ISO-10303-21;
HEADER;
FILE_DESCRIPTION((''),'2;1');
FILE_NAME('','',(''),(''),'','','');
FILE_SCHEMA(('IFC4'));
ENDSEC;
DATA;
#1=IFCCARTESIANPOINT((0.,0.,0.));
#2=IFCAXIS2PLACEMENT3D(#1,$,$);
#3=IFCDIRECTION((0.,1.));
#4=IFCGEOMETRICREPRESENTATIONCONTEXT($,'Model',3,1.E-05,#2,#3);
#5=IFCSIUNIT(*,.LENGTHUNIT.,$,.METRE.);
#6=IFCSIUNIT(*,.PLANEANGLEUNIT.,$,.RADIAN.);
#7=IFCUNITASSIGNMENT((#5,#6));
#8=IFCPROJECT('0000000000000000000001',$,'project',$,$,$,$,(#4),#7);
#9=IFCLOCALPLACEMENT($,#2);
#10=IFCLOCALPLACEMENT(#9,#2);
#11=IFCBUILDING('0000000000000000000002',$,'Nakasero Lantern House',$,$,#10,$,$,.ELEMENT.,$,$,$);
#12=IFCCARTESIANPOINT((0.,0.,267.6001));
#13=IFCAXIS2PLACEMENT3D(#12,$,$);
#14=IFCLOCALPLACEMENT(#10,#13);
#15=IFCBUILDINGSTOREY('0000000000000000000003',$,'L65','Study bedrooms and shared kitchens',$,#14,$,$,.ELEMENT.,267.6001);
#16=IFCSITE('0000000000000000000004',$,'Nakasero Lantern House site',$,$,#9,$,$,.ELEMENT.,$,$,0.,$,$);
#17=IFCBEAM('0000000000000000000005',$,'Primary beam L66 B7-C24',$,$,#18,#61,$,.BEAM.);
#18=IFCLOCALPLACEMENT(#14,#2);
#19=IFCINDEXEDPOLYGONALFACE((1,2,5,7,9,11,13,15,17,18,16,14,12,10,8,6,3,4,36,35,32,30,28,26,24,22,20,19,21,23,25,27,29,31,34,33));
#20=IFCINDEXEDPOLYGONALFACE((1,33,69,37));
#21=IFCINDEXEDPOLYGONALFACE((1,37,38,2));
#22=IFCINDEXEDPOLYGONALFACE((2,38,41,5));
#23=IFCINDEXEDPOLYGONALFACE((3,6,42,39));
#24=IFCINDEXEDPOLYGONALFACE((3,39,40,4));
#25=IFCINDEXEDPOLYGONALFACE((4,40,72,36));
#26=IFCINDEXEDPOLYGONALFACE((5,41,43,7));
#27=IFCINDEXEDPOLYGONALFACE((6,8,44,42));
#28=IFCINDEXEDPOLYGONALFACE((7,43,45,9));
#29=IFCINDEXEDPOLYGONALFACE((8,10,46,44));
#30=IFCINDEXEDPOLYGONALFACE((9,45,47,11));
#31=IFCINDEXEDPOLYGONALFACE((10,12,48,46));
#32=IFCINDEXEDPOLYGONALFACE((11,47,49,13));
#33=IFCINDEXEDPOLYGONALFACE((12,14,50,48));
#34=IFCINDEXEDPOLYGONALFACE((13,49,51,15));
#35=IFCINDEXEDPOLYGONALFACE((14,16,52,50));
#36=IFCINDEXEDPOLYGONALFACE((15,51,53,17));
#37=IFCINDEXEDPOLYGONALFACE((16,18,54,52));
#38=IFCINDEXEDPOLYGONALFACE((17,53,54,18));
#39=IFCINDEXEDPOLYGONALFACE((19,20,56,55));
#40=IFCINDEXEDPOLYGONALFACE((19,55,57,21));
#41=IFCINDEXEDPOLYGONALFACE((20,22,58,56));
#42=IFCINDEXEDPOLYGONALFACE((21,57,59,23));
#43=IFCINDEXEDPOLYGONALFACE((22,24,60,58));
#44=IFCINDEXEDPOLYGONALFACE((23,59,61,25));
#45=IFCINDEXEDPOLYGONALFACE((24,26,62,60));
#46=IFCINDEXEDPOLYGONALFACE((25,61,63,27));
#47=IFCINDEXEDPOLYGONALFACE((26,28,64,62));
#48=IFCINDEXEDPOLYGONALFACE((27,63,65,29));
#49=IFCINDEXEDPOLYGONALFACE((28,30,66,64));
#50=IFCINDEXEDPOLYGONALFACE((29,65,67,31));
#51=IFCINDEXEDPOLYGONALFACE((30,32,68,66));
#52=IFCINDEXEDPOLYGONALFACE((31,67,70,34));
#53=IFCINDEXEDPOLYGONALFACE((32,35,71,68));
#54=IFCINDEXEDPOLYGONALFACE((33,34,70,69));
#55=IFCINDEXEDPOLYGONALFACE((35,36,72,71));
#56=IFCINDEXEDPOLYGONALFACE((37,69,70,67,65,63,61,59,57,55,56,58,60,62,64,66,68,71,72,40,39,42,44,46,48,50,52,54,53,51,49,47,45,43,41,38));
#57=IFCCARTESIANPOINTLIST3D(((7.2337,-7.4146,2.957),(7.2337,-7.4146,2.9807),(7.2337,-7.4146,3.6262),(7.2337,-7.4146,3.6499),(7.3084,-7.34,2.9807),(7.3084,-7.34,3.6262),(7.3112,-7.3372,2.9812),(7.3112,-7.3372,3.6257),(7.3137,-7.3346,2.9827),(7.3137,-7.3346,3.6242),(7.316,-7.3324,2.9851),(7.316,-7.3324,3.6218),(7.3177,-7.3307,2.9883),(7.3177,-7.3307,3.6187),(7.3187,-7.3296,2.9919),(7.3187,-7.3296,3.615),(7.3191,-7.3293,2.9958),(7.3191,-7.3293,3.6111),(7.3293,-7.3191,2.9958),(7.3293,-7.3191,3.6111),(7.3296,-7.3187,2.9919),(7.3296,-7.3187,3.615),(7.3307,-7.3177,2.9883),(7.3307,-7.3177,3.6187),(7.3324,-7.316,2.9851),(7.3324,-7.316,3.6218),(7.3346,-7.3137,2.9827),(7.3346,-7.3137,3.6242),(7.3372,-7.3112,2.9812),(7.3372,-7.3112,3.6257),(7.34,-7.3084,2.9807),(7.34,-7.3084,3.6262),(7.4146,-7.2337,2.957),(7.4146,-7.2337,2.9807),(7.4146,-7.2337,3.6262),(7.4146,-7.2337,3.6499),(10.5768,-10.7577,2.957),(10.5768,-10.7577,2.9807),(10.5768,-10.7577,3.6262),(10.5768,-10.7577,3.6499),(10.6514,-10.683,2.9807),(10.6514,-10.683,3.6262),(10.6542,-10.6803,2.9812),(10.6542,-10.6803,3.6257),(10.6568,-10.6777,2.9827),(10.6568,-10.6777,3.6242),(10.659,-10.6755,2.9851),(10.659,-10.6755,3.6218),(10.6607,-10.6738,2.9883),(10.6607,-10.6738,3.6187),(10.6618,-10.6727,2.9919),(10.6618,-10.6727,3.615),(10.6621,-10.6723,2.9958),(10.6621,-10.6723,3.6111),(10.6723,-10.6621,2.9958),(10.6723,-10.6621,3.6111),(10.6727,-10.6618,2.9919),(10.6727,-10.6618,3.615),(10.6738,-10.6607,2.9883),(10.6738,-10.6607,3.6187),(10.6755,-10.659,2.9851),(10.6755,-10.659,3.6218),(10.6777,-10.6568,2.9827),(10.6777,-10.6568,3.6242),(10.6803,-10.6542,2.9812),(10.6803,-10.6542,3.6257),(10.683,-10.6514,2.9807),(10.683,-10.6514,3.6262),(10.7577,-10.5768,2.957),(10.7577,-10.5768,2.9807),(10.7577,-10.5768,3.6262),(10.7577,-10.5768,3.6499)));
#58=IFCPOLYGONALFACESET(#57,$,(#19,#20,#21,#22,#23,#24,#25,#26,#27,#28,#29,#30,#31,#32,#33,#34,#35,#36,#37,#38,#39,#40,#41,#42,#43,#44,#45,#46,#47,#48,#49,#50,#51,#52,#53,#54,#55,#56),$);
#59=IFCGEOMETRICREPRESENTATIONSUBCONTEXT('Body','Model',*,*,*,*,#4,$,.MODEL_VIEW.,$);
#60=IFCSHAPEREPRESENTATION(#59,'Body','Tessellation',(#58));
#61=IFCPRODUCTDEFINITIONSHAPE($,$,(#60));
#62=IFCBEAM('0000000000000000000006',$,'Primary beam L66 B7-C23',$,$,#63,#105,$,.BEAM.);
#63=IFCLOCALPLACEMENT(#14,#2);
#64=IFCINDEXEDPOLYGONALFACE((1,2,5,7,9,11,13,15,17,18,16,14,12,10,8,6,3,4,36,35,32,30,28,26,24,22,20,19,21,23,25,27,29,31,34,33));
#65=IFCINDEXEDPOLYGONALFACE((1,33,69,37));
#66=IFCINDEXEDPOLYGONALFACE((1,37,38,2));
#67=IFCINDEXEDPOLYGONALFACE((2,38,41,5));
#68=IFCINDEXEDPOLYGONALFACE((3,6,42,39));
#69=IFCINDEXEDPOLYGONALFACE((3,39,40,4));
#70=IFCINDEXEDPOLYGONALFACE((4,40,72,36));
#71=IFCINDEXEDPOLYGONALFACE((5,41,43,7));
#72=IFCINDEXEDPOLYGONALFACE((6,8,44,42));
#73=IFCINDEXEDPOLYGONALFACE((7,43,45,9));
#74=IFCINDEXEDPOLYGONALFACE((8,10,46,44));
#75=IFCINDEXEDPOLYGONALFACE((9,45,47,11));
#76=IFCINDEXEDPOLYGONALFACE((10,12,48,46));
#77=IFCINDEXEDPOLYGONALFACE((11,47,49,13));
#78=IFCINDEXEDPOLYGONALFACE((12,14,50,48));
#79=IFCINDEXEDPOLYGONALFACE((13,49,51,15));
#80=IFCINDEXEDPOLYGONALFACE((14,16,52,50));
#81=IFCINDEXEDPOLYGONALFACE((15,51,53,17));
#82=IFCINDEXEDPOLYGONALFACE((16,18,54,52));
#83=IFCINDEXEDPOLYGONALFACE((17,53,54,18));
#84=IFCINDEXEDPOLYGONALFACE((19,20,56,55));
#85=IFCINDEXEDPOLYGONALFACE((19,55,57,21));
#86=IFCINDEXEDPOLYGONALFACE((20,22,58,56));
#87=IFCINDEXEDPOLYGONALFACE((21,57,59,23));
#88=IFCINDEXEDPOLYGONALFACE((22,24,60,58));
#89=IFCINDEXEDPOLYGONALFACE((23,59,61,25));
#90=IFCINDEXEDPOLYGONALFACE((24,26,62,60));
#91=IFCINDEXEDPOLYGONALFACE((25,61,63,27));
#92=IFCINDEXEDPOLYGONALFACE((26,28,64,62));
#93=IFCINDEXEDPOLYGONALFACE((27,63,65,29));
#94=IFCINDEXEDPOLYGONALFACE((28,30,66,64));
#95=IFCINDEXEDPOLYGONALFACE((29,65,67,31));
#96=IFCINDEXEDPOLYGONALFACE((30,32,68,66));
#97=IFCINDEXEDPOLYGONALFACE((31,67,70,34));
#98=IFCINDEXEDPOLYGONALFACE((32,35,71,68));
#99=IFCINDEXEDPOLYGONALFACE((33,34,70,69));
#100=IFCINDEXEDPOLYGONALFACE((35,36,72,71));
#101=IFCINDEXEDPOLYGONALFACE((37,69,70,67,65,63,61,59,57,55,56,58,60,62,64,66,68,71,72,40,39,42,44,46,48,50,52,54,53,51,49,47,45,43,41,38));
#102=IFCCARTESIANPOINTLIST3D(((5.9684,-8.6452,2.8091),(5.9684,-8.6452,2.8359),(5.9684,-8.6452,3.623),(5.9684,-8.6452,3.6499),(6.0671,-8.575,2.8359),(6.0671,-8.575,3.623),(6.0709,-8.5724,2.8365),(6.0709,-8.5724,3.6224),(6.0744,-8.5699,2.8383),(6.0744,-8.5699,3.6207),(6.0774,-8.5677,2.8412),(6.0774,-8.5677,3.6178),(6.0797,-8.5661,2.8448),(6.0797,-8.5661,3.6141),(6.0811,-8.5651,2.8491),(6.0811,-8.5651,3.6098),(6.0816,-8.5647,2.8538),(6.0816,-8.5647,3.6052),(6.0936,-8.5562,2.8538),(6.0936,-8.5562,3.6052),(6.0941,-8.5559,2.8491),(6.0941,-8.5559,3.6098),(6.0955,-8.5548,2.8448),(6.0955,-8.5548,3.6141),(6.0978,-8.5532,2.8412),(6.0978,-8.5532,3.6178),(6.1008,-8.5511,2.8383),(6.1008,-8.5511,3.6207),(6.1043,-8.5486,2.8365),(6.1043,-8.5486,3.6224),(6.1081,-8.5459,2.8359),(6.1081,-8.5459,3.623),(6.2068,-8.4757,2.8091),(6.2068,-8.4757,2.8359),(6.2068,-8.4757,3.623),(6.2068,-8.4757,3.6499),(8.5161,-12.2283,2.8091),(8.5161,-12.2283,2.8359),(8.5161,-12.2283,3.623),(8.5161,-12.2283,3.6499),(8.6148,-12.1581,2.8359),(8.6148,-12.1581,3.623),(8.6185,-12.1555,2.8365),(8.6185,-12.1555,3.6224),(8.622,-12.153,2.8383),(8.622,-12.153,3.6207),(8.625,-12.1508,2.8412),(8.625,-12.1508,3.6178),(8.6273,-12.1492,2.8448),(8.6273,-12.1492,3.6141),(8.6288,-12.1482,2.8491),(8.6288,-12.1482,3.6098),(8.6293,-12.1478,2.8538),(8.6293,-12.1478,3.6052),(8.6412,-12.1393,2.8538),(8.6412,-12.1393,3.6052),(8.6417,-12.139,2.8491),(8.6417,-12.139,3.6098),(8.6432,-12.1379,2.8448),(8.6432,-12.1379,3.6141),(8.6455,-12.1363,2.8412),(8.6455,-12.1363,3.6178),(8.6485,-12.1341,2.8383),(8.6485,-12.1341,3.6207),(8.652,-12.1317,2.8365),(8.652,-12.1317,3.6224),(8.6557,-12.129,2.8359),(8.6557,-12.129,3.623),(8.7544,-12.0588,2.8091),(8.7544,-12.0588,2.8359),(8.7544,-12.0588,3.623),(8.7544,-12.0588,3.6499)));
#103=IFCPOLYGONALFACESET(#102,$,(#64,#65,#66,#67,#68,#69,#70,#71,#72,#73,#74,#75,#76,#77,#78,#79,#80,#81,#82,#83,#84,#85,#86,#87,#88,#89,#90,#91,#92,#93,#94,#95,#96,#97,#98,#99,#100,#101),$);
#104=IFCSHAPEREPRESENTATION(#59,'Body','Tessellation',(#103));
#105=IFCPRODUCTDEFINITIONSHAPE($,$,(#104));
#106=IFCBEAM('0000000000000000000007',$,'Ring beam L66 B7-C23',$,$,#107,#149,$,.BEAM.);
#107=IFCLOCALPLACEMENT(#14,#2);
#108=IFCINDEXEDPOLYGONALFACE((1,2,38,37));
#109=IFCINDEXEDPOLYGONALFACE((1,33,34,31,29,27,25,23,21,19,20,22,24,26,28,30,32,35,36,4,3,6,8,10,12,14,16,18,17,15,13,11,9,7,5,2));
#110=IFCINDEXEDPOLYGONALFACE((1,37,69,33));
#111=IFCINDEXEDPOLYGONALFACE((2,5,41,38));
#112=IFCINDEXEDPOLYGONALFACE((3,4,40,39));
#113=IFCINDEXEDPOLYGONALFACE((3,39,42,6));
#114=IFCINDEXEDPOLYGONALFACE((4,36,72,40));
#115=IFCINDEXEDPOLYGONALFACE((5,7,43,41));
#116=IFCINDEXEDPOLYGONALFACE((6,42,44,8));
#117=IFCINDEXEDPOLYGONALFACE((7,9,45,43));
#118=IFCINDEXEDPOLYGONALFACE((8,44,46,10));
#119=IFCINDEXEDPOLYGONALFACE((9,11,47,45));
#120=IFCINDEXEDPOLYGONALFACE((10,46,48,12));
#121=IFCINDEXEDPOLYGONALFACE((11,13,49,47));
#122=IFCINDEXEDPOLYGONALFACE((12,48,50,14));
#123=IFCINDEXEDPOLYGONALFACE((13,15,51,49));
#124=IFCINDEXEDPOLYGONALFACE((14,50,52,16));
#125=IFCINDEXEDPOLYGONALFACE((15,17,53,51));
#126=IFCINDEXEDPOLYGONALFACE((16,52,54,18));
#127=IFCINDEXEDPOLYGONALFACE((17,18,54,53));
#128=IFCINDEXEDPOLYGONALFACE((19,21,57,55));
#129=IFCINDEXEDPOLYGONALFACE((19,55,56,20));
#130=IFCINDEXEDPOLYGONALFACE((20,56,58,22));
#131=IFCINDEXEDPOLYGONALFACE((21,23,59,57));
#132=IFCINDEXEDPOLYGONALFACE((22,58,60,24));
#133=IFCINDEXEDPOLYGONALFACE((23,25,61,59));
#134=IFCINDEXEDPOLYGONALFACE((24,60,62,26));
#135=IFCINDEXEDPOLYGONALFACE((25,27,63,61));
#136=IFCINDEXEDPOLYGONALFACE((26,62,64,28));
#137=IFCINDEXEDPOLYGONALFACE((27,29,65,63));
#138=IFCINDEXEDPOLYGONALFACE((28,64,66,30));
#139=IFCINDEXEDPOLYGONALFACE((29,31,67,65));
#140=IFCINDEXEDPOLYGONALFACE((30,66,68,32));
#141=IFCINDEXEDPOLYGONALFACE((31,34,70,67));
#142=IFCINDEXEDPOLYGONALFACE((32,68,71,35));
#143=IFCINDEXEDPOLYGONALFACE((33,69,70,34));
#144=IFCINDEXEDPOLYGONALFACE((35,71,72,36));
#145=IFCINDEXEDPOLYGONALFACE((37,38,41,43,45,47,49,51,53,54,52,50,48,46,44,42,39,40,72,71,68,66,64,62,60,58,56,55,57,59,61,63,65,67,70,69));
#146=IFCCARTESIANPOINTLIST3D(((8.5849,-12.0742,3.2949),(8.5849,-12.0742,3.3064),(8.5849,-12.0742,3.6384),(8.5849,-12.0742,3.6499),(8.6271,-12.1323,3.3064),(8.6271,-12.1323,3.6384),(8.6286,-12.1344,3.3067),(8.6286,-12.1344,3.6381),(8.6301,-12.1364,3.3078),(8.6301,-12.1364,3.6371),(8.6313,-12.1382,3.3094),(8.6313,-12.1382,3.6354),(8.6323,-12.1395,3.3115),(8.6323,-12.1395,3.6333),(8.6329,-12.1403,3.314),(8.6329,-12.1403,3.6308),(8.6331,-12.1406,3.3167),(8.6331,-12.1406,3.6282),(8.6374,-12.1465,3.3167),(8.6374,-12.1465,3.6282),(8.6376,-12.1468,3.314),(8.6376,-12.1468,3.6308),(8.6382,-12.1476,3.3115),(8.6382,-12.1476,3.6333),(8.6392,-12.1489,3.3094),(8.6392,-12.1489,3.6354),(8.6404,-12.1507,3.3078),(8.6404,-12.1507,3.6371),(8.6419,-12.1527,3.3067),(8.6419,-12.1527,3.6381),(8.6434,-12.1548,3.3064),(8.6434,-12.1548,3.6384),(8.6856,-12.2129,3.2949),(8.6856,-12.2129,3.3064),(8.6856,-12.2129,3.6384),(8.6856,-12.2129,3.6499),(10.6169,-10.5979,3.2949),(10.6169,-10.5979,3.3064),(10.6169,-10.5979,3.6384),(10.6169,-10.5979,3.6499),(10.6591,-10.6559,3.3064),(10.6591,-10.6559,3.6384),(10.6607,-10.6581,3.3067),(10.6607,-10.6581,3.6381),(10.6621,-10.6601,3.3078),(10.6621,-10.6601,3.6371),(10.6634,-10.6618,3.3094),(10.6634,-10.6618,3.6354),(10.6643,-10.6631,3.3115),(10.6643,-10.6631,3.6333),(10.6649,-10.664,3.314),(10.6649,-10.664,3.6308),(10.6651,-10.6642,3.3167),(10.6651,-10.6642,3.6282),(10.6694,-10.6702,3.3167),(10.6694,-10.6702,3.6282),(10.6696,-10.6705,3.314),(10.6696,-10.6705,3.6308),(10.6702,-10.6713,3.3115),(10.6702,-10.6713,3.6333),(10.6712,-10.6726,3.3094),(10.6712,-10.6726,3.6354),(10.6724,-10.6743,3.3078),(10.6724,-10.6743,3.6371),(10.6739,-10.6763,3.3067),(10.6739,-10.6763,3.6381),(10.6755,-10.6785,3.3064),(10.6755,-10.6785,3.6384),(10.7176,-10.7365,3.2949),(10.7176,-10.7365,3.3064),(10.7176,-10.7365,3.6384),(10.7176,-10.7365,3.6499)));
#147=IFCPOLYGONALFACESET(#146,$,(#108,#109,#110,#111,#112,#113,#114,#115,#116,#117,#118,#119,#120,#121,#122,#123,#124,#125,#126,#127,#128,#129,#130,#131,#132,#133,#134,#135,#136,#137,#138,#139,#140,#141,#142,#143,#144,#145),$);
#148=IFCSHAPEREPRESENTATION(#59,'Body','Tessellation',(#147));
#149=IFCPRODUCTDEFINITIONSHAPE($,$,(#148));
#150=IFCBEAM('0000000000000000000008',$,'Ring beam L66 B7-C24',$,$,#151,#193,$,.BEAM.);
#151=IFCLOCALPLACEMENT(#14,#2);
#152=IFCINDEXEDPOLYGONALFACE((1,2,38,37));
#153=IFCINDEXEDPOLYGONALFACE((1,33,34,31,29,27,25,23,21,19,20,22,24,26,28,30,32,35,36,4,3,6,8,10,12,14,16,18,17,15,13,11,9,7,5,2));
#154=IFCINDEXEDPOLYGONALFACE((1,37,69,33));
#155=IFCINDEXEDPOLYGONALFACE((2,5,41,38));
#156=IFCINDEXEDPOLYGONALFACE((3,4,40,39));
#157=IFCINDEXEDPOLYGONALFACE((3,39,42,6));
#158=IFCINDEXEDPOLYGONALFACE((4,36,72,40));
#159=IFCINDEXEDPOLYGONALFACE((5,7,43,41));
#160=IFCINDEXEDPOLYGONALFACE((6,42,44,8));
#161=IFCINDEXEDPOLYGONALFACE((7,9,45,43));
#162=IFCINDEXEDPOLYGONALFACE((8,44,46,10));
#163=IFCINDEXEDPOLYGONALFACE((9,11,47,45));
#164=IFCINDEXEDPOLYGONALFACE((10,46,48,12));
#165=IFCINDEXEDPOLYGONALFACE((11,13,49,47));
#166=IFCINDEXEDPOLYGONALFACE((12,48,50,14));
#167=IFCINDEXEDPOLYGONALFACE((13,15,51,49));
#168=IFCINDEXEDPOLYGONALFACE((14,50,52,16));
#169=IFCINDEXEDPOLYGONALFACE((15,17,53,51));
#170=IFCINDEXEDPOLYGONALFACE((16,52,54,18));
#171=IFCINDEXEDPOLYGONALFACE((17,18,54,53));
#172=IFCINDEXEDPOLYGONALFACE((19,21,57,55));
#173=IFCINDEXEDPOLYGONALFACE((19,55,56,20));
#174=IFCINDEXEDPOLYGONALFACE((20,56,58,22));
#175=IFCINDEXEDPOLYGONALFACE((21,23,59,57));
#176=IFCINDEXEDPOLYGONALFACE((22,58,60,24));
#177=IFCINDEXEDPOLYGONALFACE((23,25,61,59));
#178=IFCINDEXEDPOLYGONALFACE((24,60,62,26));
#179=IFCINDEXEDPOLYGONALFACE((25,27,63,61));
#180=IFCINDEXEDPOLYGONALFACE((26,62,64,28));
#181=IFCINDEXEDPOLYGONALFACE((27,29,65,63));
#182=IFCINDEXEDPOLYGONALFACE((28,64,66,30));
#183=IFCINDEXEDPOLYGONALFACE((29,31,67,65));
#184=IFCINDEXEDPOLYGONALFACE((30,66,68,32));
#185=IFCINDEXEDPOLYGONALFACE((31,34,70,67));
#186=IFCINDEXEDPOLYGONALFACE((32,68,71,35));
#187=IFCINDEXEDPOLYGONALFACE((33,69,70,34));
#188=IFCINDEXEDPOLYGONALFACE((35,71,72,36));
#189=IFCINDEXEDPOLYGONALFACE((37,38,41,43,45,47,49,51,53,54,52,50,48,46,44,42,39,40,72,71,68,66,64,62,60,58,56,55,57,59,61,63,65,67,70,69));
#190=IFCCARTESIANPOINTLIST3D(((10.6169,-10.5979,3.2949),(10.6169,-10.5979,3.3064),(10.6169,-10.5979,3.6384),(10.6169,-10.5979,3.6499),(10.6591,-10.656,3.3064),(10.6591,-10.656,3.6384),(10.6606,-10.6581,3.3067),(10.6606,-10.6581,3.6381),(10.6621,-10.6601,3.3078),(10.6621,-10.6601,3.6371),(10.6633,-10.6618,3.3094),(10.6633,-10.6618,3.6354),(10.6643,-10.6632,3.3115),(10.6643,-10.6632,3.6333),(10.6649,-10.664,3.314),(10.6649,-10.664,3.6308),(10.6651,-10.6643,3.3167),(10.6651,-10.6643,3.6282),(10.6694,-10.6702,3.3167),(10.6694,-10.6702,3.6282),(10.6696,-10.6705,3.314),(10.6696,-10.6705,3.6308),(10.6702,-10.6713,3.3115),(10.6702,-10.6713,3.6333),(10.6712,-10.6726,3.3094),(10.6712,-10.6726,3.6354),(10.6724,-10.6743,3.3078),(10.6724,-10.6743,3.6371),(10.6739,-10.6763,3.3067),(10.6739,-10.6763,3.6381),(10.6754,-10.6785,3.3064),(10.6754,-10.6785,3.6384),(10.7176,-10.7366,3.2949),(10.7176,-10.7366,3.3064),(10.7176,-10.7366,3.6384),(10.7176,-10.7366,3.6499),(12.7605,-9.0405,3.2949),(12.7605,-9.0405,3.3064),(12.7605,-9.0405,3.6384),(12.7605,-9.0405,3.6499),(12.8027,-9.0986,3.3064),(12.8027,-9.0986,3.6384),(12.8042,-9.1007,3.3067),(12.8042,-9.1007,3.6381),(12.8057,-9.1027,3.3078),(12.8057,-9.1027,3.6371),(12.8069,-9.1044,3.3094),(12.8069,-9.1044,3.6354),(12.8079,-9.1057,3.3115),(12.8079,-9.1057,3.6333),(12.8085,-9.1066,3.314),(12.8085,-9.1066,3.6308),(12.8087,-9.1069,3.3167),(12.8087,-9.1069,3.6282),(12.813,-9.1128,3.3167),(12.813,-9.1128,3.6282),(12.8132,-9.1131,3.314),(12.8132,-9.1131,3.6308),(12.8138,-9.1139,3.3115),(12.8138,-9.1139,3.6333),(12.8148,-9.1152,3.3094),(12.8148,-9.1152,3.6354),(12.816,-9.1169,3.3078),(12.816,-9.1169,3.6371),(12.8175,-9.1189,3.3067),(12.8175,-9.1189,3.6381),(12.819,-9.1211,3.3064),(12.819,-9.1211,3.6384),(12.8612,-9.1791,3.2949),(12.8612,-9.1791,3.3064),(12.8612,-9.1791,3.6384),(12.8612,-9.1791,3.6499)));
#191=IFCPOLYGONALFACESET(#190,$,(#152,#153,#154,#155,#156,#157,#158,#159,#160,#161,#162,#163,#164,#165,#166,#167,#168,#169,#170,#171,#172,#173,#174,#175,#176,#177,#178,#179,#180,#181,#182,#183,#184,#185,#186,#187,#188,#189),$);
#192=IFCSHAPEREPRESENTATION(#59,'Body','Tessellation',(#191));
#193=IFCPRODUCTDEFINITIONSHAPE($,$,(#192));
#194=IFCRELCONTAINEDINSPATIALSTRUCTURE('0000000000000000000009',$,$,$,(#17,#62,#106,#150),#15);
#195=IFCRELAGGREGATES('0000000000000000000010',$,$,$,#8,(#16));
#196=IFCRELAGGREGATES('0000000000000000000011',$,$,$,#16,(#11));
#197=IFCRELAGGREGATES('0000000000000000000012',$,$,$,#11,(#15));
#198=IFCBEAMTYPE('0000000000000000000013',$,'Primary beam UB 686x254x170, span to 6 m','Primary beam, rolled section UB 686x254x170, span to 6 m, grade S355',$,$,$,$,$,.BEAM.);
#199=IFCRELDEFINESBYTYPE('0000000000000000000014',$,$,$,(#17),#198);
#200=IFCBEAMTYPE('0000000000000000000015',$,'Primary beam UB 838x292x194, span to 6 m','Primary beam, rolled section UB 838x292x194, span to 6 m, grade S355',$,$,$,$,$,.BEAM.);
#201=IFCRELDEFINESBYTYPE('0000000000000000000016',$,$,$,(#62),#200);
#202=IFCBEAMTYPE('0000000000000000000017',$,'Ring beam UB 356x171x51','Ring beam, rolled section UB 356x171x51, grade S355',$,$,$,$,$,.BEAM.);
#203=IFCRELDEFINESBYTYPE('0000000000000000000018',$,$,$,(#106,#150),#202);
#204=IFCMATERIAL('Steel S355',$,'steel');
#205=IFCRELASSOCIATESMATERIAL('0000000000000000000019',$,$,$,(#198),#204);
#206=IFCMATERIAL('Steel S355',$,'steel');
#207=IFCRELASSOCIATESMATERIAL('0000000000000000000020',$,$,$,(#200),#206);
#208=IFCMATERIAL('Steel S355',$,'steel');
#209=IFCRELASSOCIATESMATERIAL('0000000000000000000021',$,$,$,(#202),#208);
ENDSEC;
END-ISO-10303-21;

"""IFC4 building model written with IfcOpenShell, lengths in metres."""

from ifc_helpers import new_model, si_unit, direction, frame, origin, origin_2d, place, context, subcontext, project, spatial, i_section, extrude, material, material_profile, profile_set, type_object, element, save


model = new_model("IFC4")

# Units and contexts
model_context = context("Model", 3, precision=1e-05, world=origin(), true_north=direction((0.0, 1.0)))
body_context = subcontext(model_context, "Body", "Model", "MODEL_VIEW")
ifc_project = project(units=[si_unit("LENGTHUNIT", "METRE"), si_unit("PLANEANGLEUNIT", "RADIAN")], contexts=[model_context])

# Site, building, storey
site_placement = place(None, origin())
site = spatial("IfcSite", under=ifc_project, at=site_placement, Name="Nakasero Lantern House site", CompositionType="ELEMENT", RefElevation=0.0)
building_placement = place(site_placement, origin())
building = spatial("IfcBuilding", under=site, at=building_placement, Name="Nakasero Lantern House", CompositionType="ELEMENT")
storey_placement = place(building_placement, frame((0.0, 0.0, 267.6001)))
storey = spatial("IfcBuildingStorey", under=building, at=storey_placement, Name="L65", Description="Study bedrooms and shared kitchens", CompositionType="ELEMENT", Elevation=267.6001)

# Beams
ifc_material_1 = material(Name="Steel S355", Category="steel")
ifc_material_profile_1 = material_profile(ifc_material_1, i_section(OverallWidth=0.2559, OverallDepth=0.6929, WebThickness=0.0144, FlangeThickness=0.0237, FilletRadius=0.0151, at=origin_2d()), Name="UB 686x254x170")
ifc_profile_set_1 = profile_set([ifc_material_profile_1], Name="Steel S355")
beam_type_1 = type_object("IfcBeamType", Name="Primary beam UB 686x254x170, span to 6 m", Description="Primary beam, rolled section UB 686x254x170, span to 6 m, grade S355", PredefinedType="BEAM", material=ifc_profile_set_1)
beam_1_placement = place(storey_placement, frame((10.6672, -10.6672, 3.3035), z_axis=(-0.707107, 0.707107, 0.0), x_axis=(-0.707107, -0.707107, 0.0)))
element("IfcBeam", 1, at=beam_1_placement, inside=storey, type_object=beam_type_1, Name="Primary beam L66 B7-C24", PredefinedType="BEAM", context=body_context, shape_type="SweptSolid", body=[
    extrude(i_section(OverallWidth=0.2559, OverallDepth=0.6929, WebThickness=0.0144, FlangeThickness=0.0237, FilletRadius=0.0151, at=origin_2d()), origin(), (0.0, 0.0, 1.0), 4.7278),
])
ifc_material_2 = material(Name="Steel S355", Category="steel")
ifc_material_profile_2 = material_profile(ifc_material_2, i_section(OverallWidth=0.2925, OverallDepth=0.8408, WebThickness=0.0146, FlangeThickness=0.0269, FilletRadius=0.0178, at=origin_2d()), Name="UB 838x292x194")
ifc_profile_set_2 = profile_set([ifc_material_profile_2], Name="Steel S355")
beam_type_2 = type_object("IfcBeamType", Name="Primary beam UB 838x292x194, span to 6 m", Description="Primary beam, rolled section UB 838x292x194, span to 6 m, grade S355", PredefinedType="BEAM", material=ifc_profile_set_2)
beam_2_placement = place(storey_placement, frame((8.6353, -12.1436, 3.2295), z_axis=(-0.579477, 0.814989, 0.0), x_axis=(-0.814989, -0.579477, 0.0)))
element("IfcBeam", 2, at=beam_2_placement, inside=storey, type_object=beam_type_2, Name="Primary beam L66 B7-C23", PredefinedType="BEAM", context=body_context, shape_type="SweptSolid", body=[
    extrude(i_section(OverallWidth=0.2925, OverallDepth=0.8408, WebThickness=0.0146, FlangeThickness=0.0269, FilletRadius=0.0178, at=origin_2d()), origin(), (0.0, 0.0, 1.0), 4.3965),
])
ifc_material_3 = material(Name="Steel S355", Category="steel")
ifc_material_profile_3 = material_profile(ifc_material_3, i_section(OverallWidth=0.1714, OverallDepth=0.355, WebThickness=0.0073, FlangeThickness=0.0115, FilletRadius=0.0103, at=origin_2d()), Name="UB 356x171x51")
ifc_profile_set_3 = profile_set([ifc_material_profile_3], Name="Steel S355")
beam_type_3 = type_object("IfcBeamType", Name="Ring beam UB 356x171x51", Description="Ring beam, rolled section UB 356x171x51, grade S355", PredefinedType="BEAM", material=ifc_profile_set_3)
beam_3_placement = place(storey_placement, frame((8.6353, -12.1436, 3.4724), z_axis=(0.809018, 0.587784, 0.0), x_axis=(-0.587784, 0.809018, 0.0)))
element("IfcBeam", 3, at=beam_3_placement, inside=storey, type_object=beam_type_3, Name="Ring beam L66 B7-C23", PredefinedType="BEAM", context=body_context, shape_type="SweptSolid", body=[
    extrude(i_section(OverallWidth=0.1714, OverallDepth=0.355, WebThickness=0.0073, FlangeThickness=0.0115, FilletRadius=0.0103, at=origin_2d()), origin(), (0.0, 0.0, 1.0), 2.5117),
])
beam_4_placement = place(storey_placement, frame((10.6672, -10.6672, 3.4724), z_axis=(0.809019, 0.587783, 0.0), x_axis=(-0.587783, 0.809019, 0.0)))
element("IfcBeam", 4, at=beam_4_placement, inside=storey, type_object=beam_type_3, Name="Ring beam L66 B7-C24", PredefinedType="BEAM", context=body_context, shape_type="SweptSolid", body=[
    extrude(i_section(OverallWidth=0.1714, OverallDepth=0.355, WebThickness=0.0073, FlangeThickness=0.0115, FilletRadius=0.0103, at=origin_2d()), origin(), (0.0, 0.0, 1.0), 2.6497),
])

save(model, "model.ifc")
